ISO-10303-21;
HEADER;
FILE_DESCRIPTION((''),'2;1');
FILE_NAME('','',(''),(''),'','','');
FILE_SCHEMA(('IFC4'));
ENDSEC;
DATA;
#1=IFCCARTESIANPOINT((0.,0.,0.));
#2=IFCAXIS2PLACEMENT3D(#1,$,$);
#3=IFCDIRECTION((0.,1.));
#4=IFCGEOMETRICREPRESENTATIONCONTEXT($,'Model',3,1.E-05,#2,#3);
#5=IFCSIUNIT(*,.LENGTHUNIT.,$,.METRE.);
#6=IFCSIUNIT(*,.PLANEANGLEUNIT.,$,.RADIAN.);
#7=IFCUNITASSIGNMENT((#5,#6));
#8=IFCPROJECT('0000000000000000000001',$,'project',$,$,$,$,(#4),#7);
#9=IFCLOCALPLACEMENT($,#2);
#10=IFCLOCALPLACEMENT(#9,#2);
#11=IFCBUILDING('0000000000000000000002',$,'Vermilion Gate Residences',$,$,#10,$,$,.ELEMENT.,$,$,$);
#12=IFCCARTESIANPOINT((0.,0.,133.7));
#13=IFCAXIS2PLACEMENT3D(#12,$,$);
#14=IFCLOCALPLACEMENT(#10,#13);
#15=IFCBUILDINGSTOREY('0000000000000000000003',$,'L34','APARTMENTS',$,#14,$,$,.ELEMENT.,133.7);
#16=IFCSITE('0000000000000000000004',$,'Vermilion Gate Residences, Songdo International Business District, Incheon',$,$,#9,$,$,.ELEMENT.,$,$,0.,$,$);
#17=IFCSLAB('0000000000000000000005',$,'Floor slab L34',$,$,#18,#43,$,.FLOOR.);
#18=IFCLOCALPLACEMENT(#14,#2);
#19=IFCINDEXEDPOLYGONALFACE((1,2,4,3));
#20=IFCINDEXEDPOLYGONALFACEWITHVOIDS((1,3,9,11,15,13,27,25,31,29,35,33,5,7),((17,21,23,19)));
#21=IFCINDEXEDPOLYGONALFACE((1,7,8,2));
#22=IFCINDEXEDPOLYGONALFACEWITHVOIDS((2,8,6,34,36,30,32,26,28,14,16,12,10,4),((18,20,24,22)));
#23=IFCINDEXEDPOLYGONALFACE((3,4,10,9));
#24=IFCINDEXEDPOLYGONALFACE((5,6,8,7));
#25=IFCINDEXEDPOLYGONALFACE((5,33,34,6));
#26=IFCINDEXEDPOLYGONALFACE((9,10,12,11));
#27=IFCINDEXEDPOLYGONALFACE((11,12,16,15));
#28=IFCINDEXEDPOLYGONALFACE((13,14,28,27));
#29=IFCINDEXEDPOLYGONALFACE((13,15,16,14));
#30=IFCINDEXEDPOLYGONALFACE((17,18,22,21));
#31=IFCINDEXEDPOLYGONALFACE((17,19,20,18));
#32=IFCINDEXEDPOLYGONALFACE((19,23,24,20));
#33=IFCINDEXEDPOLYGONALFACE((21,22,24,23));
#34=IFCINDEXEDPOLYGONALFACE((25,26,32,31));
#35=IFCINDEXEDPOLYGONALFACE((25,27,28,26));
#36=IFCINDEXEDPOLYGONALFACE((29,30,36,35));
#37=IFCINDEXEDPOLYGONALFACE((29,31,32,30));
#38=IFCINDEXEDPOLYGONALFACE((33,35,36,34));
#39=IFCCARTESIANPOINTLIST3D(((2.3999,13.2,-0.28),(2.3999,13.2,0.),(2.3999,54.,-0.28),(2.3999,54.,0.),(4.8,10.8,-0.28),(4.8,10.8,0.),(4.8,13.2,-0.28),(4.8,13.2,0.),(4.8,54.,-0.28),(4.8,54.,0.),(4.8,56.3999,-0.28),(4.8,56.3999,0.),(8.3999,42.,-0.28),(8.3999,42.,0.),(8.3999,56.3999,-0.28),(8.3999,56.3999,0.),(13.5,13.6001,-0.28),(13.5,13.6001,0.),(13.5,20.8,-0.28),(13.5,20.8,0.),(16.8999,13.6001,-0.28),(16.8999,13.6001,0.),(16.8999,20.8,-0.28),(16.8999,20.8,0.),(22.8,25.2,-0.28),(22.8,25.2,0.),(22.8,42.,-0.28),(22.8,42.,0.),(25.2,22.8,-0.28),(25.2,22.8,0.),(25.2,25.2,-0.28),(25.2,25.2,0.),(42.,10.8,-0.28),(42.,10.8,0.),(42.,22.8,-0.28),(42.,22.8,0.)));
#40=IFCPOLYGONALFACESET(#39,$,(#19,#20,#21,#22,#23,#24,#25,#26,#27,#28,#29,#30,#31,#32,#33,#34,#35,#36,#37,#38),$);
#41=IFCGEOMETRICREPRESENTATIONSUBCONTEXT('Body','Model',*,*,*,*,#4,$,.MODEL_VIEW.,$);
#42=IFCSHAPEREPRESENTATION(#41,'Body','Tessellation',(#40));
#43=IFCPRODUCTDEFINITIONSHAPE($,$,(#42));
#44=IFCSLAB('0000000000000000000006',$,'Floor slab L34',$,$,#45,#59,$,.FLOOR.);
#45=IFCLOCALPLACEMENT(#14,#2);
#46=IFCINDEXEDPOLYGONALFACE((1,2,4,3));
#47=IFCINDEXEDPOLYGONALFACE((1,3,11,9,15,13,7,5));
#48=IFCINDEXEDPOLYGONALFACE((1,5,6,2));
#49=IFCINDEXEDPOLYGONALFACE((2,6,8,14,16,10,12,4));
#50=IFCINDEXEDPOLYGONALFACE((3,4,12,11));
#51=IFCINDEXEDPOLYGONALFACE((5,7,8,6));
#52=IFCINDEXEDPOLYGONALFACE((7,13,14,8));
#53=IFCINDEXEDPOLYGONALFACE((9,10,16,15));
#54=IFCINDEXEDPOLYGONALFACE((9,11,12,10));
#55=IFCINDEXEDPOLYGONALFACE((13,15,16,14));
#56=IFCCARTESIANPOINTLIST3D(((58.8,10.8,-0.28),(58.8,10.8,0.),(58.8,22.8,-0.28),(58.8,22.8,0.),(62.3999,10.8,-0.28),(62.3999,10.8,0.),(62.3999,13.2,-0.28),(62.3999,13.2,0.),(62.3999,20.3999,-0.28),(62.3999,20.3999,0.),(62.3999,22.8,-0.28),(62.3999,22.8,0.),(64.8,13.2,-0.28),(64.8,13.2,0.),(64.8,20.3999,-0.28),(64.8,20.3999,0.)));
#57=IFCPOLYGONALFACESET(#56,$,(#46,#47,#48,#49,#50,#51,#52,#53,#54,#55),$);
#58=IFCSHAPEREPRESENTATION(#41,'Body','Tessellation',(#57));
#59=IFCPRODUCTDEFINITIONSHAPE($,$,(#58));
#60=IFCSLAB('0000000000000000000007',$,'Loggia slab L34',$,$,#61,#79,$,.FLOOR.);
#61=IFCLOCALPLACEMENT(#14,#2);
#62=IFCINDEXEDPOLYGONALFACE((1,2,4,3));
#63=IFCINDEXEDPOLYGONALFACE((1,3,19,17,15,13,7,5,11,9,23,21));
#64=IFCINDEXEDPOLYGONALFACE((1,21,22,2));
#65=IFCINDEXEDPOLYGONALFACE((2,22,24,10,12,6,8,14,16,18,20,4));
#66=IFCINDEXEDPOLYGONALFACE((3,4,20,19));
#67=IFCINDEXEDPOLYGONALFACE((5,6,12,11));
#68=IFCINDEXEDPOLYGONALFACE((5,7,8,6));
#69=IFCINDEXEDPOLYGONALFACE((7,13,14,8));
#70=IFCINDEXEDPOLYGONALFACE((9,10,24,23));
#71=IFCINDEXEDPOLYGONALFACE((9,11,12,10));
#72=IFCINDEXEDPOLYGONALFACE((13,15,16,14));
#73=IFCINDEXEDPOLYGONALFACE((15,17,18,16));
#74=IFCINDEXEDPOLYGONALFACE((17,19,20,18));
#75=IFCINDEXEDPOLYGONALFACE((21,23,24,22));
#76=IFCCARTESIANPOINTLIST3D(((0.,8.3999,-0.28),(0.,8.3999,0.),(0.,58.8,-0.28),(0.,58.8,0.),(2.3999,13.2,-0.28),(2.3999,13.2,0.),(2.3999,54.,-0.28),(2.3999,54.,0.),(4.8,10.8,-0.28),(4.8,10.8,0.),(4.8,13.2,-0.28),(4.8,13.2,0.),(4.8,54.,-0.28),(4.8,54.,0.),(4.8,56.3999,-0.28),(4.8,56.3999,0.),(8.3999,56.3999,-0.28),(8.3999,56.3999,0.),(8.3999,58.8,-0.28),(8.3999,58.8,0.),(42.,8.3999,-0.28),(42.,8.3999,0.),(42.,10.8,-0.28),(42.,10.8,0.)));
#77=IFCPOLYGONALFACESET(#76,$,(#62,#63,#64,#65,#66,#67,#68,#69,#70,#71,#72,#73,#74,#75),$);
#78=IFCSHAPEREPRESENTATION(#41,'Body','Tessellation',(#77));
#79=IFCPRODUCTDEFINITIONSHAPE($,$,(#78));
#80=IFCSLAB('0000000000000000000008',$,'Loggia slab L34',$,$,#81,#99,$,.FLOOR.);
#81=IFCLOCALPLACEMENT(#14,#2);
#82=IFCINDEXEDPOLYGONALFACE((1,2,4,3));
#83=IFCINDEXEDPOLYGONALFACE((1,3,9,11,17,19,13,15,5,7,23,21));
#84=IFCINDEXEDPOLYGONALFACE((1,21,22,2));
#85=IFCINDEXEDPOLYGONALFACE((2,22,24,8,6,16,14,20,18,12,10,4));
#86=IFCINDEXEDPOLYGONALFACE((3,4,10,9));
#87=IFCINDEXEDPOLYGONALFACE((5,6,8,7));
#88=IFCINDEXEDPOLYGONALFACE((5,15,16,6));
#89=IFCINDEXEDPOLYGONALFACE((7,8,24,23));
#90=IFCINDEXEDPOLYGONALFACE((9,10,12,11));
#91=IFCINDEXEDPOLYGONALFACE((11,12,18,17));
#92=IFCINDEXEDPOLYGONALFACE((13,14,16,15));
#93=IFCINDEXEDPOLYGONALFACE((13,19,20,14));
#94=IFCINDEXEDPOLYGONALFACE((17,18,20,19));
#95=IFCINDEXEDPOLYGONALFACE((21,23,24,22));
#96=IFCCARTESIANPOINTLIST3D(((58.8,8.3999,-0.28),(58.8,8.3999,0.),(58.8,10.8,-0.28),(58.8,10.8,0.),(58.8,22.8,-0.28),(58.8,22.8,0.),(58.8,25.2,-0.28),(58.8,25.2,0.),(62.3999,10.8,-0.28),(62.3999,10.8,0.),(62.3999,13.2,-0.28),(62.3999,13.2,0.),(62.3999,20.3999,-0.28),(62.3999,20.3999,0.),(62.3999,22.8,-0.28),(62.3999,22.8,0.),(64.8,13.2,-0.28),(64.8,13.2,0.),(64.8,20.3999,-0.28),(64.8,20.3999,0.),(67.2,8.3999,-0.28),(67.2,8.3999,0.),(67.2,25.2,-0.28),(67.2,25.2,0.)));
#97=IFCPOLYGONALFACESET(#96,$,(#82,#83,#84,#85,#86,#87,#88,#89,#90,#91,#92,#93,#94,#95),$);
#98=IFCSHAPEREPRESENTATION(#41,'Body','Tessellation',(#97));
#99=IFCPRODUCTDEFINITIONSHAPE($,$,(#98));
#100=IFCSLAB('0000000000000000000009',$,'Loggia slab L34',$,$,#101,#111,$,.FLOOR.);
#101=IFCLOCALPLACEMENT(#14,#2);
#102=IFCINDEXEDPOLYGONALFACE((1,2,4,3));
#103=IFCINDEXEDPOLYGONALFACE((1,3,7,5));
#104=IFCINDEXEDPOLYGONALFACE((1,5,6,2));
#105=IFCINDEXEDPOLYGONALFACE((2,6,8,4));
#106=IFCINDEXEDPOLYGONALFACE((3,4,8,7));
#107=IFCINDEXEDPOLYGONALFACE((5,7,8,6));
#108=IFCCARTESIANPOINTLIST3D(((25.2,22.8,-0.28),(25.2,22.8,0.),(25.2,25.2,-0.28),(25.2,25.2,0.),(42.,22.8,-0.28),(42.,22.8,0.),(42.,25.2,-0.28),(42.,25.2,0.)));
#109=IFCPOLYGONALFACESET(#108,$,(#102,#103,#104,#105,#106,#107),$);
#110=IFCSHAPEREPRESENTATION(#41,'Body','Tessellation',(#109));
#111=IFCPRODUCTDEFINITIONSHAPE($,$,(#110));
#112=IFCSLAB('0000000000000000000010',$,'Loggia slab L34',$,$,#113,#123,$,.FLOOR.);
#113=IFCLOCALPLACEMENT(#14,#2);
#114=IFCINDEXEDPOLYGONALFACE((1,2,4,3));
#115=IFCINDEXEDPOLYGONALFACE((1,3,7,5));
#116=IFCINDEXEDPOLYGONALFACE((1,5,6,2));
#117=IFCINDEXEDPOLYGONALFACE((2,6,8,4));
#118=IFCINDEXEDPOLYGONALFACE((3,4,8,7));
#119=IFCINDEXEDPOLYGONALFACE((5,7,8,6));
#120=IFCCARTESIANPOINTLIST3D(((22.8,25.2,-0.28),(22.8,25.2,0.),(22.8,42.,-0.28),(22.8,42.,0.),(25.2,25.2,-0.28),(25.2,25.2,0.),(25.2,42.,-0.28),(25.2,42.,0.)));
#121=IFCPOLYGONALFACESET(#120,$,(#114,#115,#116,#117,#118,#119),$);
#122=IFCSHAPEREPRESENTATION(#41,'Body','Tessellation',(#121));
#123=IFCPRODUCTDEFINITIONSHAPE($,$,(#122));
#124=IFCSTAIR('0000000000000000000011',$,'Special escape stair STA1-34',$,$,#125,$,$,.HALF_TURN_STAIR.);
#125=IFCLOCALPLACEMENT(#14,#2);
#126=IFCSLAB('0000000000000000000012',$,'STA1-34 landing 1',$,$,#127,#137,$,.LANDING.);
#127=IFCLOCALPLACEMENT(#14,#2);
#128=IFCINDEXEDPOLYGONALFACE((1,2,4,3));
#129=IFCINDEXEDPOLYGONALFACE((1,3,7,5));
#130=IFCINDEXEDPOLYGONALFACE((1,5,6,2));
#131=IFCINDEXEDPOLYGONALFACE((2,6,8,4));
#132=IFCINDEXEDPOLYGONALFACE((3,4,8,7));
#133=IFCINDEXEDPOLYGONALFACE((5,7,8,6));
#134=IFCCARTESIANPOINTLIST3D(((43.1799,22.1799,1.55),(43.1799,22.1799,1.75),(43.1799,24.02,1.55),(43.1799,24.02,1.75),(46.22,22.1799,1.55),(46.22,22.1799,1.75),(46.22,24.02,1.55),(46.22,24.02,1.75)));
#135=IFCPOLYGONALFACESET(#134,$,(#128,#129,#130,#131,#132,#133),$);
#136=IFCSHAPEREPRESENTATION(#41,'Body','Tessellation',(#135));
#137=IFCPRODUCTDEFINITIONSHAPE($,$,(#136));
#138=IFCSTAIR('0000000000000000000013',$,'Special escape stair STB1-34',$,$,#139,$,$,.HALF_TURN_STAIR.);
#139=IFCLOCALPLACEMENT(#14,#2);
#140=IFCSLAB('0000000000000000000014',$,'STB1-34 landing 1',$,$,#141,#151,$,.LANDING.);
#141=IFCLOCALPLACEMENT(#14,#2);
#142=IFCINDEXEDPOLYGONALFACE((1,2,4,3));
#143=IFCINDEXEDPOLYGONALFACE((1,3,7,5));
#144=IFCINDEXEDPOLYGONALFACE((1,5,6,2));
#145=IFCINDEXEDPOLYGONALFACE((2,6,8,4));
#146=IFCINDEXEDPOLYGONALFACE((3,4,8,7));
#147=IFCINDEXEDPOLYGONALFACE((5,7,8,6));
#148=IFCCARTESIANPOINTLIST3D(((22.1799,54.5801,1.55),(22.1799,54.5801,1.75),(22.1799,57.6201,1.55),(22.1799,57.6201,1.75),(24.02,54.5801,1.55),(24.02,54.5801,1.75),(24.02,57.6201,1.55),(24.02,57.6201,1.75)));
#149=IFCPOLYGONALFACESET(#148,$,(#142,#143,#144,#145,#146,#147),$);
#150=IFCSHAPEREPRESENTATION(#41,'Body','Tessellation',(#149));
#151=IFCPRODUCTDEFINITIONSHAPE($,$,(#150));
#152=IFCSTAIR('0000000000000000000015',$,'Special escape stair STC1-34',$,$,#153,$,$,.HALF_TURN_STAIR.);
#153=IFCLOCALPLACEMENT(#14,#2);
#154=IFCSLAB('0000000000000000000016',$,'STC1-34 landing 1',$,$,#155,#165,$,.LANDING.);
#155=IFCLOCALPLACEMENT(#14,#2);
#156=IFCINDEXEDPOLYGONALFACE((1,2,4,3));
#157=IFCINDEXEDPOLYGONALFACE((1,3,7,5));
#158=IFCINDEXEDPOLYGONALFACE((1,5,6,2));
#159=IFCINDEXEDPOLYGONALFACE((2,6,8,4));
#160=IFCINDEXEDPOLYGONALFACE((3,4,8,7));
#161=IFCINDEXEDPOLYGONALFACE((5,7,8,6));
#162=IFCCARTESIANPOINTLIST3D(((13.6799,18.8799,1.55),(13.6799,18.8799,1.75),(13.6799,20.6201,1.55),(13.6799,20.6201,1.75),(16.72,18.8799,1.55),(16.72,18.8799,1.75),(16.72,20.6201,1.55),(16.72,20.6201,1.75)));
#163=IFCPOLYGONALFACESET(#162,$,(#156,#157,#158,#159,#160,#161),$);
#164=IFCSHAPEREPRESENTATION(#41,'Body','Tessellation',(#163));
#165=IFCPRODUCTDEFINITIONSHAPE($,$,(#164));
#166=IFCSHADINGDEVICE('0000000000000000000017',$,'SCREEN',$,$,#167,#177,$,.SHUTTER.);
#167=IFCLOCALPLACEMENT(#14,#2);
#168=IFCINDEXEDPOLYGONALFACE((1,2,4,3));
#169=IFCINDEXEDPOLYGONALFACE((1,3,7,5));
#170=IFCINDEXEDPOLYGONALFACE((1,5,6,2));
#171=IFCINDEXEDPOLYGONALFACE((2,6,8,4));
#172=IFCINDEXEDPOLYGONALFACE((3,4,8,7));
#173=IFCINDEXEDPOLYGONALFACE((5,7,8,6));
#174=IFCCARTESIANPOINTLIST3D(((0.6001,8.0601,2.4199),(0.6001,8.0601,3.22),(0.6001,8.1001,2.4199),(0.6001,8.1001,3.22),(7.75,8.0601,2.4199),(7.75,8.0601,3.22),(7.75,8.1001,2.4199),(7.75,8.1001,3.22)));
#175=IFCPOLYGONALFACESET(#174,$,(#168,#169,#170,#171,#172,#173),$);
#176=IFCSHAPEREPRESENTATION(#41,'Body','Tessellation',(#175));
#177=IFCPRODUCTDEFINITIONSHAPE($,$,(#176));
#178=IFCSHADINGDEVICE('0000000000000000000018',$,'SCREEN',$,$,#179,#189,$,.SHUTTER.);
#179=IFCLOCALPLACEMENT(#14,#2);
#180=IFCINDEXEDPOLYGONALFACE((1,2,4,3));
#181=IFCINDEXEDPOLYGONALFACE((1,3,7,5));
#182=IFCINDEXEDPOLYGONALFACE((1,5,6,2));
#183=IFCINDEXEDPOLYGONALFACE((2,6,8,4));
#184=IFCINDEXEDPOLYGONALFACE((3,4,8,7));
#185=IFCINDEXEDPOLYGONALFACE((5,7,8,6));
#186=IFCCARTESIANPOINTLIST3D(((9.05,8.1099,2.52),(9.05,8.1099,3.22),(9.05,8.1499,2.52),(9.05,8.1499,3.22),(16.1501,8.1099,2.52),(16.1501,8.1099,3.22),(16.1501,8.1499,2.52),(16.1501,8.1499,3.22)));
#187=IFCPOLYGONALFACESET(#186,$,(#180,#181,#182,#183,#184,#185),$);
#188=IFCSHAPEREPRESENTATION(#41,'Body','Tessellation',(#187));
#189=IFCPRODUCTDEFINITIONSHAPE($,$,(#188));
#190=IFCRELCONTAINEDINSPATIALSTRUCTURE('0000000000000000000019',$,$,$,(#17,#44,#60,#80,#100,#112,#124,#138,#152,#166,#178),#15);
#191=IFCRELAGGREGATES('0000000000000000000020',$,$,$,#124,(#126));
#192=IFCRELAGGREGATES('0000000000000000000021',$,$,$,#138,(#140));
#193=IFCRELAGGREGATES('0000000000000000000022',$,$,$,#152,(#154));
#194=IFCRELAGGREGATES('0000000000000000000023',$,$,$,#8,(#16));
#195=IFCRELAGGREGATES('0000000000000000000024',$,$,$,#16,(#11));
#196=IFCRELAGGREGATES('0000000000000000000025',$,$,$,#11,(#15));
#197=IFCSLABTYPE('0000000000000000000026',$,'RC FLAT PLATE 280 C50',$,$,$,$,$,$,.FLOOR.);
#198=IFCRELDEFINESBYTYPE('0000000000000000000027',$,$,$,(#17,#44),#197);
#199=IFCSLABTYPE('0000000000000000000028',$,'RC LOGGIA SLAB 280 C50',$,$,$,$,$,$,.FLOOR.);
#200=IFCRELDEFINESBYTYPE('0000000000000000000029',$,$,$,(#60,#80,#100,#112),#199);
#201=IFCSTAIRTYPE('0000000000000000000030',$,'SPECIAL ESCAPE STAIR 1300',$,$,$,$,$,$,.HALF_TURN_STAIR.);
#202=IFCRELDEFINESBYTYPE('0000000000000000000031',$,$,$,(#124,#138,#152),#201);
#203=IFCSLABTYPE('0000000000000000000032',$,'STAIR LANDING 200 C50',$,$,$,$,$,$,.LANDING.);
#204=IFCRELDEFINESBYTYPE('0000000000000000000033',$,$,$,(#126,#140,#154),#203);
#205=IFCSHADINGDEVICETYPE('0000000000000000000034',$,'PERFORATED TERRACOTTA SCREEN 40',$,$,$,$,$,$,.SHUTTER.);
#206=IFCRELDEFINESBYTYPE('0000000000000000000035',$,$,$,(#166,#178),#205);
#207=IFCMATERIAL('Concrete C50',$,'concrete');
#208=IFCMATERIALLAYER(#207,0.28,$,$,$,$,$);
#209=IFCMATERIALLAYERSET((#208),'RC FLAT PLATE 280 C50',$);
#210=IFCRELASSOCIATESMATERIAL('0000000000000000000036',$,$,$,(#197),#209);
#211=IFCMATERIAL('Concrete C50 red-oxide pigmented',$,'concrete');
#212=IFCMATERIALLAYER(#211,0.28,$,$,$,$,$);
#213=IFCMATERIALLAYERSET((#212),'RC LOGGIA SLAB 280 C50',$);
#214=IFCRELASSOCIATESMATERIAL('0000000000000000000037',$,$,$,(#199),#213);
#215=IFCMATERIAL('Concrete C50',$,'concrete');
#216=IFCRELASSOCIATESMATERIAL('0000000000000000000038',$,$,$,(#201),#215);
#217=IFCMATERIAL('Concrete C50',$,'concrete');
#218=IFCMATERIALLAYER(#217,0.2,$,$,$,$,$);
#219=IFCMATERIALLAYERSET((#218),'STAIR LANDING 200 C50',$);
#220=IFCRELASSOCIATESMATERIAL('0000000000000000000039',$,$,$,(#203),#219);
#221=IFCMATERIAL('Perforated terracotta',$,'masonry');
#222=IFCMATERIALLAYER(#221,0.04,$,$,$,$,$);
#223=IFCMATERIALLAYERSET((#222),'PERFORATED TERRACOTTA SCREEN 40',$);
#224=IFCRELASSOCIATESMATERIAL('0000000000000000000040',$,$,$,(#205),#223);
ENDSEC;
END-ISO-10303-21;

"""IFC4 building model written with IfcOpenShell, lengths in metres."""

from ifc_helpers import new_model, si_unit, direction, frame, origin, origin_2d, place, context, subcontext, project, spatial, polyline, rectangle, outline, extrude, material, layer, layer_set, type_object, element, aggregate, save


model = new_model("IFC4")

# Units and contexts
model_context = context("Model", 3, precision=1e-05, world=origin(), true_north=direction((0.0, 1.0)))
body_context = subcontext(model_context, "Body", "Model", "MODEL_VIEW")
ifc_project = project(units=[si_unit("LENGTHUNIT", "METRE"), si_unit("PLANEANGLEUNIT", "RADIAN")], contexts=[model_context])

# Site, building, storey
site_placement = place(None, origin())
site = spatial("IfcSite", under=ifc_project, at=site_placement, Name="Vermilion Gate Residences, Songdo International Business District, Incheon", CompositionType="ELEMENT", RefElevation=0.0)
building_placement = place(site_placement, origin())
building = spatial("IfcBuilding", under=site, at=building_placement, Name="Vermilion Gate Residences", CompositionType="ELEMENT")
storey_placement = place(building_placement, frame((0.0, 0.0, 133.7)))
storey = spatial("IfcBuildingStorey", under=building, at=storey_placement, Name="L34", Description="APARTMENTS", CompositionType="ELEMENT", Elevation=133.7)

# Slabs
ifc_material_1 = material(Name="Concrete C50", Category="concrete")
ifc_layer_1 = layer(ifc_material_1, 0.28)
ifc_layer_set_1 = layer_set([ifc_layer_1], Name="RC FLAT PLATE 280 C50")
slab_type_1 = type_object("IfcSlabType", Name="RC FLAT PLATE 280 C50", PredefinedType="FLOOR", material=ifc_layer_set_1)
slab_1_placement = place(storey_placement, frame((0.0, 0.0, -0.28)))
element("IfcSlab", 1, at=slab_1_placement, inside=storey, type_object=slab_type_1, Name="Floor slab L34", PredefinedType="FLOOR", context=body_context, shape_type="SweptSolid", body=[
    extrude(outline(polyline([(22.8, 25.2), (22.8, 42.0), (8.3999, 42.0), (8.3999, 56.3999), (4.8, 56.3999), (4.8, 54.0), (2.3999, 54.0), (2.3999, 13.2), (4.8, 13.2), (4.8, 10.8), (42.0, 10.8), (42.0, 22.8), (25.2, 22.8), (25.2, 25.2), (22.8, 25.2)]), holes=[polyline([(13.5, 13.6001), (13.5, 20.8), (16.8999, 20.8), (16.8999, 13.6001), (13.5, 13.6001)])]), origin(), (0.0, 0.0, 1.0), 0.28),
])
slab_2_placement = place(storey_placement, frame((0.0, 0.0, -0.28)))
element("IfcSlab", 2, at=slab_2_placement, inside=storey, type_object=slab_type_1, Name="Floor slab L34", PredefinedType="FLOOR", context=body_context, shape_type="SweptSolid", body=[
    extrude(outline(polyline([(58.8, 22.8), (58.8, 10.8), (62.3999, 10.8), (62.3999, 13.2), (64.8, 13.2), (64.8, 20.3999), (62.3999, 20.3999), (62.3999, 22.8), (58.8, 22.8)])), origin(), (0.0, 0.0, 1.0), 0.28),
])
ifc_material_2 = material(Name="Concrete C50 red-oxide pigmented", Category="concrete")
ifc_layer_2 = layer(ifc_material_2, 0.28)
ifc_layer_set_2 = layer_set([ifc_layer_2], Name="RC LOGGIA SLAB 280 C50")
slab_type_2 = type_object("IfcSlabType", Name="RC LOGGIA SLAB 280 C50", PredefinedType="FLOOR", material=ifc_layer_set_2)
slab_3_placement = place(storey_placement, frame((0.0, 0.0, -0.28)))
element("IfcSlab", 3, at=slab_3_placement, inside=storey, type_object=slab_type_2, Name="Loggia slab L34", PredefinedType="FLOOR", context=body_context, shape_type="SweptSolid", body=[
    extrude(outline(polyline([(0.0, 58.8), (0.0, 8.3999), (42.0, 8.3999), (42.0, 10.8), (4.8, 10.8), (4.8, 13.2), (2.3999, 13.2), (2.3999, 54.0), (4.8, 54.0), (4.8, 56.3999), (8.3999, 56.3999), (8.3999, 58.8), (0.0, 58.8)])), origin(), (0.0, 0.0, 1.0), 0.28),
])
slab_4_placement = place(storey_placement, frame((0.0, 0.0, -0.28)))
element("IfcSlab", 4, at=slab_4_placement, inside=storey, type_object=slab_type_2, Name="Loggia slab L34", PredefinedType="FLOOR", context=body_context, shape_type="SweptSolid", body=[
    extrude(outline(polyline([(64.8, 20.3999), (64.8, 13.2), (62.3999, 13.2), (62.3999, 10.8), (58.8, 10.8), (58.8, 8.3999), (67.2, 8.3999), (67.2, 25.2), (58.8, 25.2), (58.8, 22.8), (62.3999, 22.8), (62.3999, 20.3999), (64.8, 20.3999)])), origin(), (0.0, 0.0, 1.0), 0.28),
])
slab_5_placement = place(storey_placement, frame((0.0, 0.0, -0.28)))
element("IfcSlab", 5, at=slab_5_placement, inside=storey, type_object=slab_type_2, Name="Loggia slab L34", PredefinedType="FLOOR", context=body_context, shape_type="SweptSolid", body=[
    extrude(outline(polyline([(25.2, 22.8), (42.0, 22.8), (42.0, 25.2), (25.2, 25.2), (25.2, 22.8)])), origin(), (0.0, 0.0, 1.0), 0.28),
])
slab_6_placement = place(storey_placement, frame((0.0, 0.0, -0.28)))
element("IfcSlab", 6, at=slab_6_placement, inside=storey, type_object=slab_type_2, Name="Loggia slab L34", PredefinedType="FLOOR", context=body_context, shape_type="SweptSolid", body=[
    extrude(outline(polyline([(25.2, 25.2), (25.2, 42.0), (22.8, 42.0), (22.8, 25.2), (25.2, 25.2)])), origin(), (0.0, 0.0, 1.0), 0.28),
])

# Stairs, slabs
ifc_material_3 = material(Name="Concrete C50", Category="concrete")
stair_type = type_object("IfcStairType", Name="SPECIAL ESCAPE STAIR 1300", PredefinedType="HALF_TURN_STAIR", material=ifc_material_3)
stair_1_placement = place(storey_placement, origin())
stair_1 = element("IfcStair", 7, at=stair_1_placement, inside=storey, type_object=stair_type, Name="Special escape stair STA1-34", PredefinedType="HALF_TURN_STAIR")
ifc_material_4 = material(Name="Concrete C50", Category="concrete")
ifc_layer_3 = layer(ifc_material_4, 0.2)
ifc_layer_set_3 = layer_set([ifc_layer_3], Name="STAIR LANDING 200 C50")
slab_type_3 = type_object("IfcSlabType", Name="STAIR LANDING 200 C50", PredefinedType="LANDING", material=ifc_layer_set_3)
slab_7_placement = place(storey_placement, frame((0.0, 0.0, 1.55)))
slab_7 = element("IfcSlab", 8, at=slab_7_placement, type_object=slab_type_3, Name="STA1-34 landing 1", PredefinedType="LANDING", context=body_context, shape_type="SweptSolid", body=[
    extrude(outline(polyline([(46.22, 22.1799), (46.22, 24.02), (43.1799, 24.02), (43.1799, 22.1799), (46.22, 22.1799)])), origin(), (0.0, 0.0, 1.0), 0.2),
])
aggregate(stair_1, [slab_7])
stair_2_placement = place(storey_placement, origin())
stair_2 = element("IfcStair", 9, at=stair_2_placement, inside=storey, type_object=stair_type, Name="Special escape stair STB1-34", PredefinedType="HALF_TURN_STAIR")
slab_8_placement = place(storey_placement, frame((0.0, 0.0, 1.55)))
slab_8 = element("IfcSlab", 10, at=slab_8_placement, type_object=slab_type_3, Name="STB1-34 landing 1", PredefinedType="LANDING", context=body_context, shape_type="SweptSolid", body=[
    extrude(outline(polyline([(24.02, 54.5801), (24.02, 57.6201), (22.1799, 57.6201), (22.1799, 54.5801), (24.02, 54.5801)])), origin(), (0.0, 0.0, 1.0), 0.2),
])
aggregate(stair_2, [slab_8])
stair_3_placement = place(storey_placement, origin())
stair_3 = element("IfcStair", 11, at=stair_3_placement, inside=storey, type_object=stair_type, Name="Special escape stair STC1-34", PredefinedType="HALF_TURN_STAIR")
slab_9_placement = place(storey_placement, frame((0.0, 0.0, 1.55)))
slab_9 = element("IfcSlab", 12, at=slab_9_placement, type_object=slab_type_3, Name="STC1-34 landing 1", PredefinedType="LANDING", context=body_context, shape_type="SweptSolid", body=[
    extrude(outline(polyline([(16.72, 18.8799), (16.72, 20.6201), (13.6799, 20.6201), (13.6799, 18.8799), (16.72, 18.8799)])), origin(), (0.0, 0.0, 1.0), 0.2),
])
aggregate(stair_3, [slab_9])

# Shading devices
ifc_material_5 = material(Name="Perforated terracotta", Category="masonry")
ifc_layer_4 = layer(ifc_material_5, 0.04)
ifc_layer_set_4 = layer_set([ifc_layer_4], Name="PERFORATED TERRACOTTA SCREEN 40")
shading_device_type_1 = type_object("IfcShadingDeviceType", Name="PERFORATED TERRACOTTA SCREEN 40", PredefinedType="SHUTTER", material=ifc_layer_set_4)
shading_device_1_placement = place(storey_placement, frame((4.175, 8.0801, 2.4199), z_axis=(0.0, 0.0, 1.0), x_axis=(1.0, 0.0, 0.0)))
element("IfcShadingDevice", 13, at=shading_device_1_placement, inside=storey, type_object=shading_device_type_1, Name="SCREEN", PredefinedType="SHUTTER", context=body_context, shape_type="SweptSolid", body=[
    extrude(rectangle(XDim=7.1499, YDim=0.04, at=origin_2d()), origin(), (0.0, 0.0, 1.0), 0.8),
])
shading_device_2_placement = place(storey_placement, frame((12.6001, 8.1299, 2.52), z_axis=(0.0, 0.0, 1.0), x_axis=(1.0, 0.0, 0.0)))
element("IfcShadingDevice", 14, at=shading_device_2_placement, inside=storey, type_object=shading_device_type_1, Name="SCREEN", PredefinedType="SHUTTER", context=body_context, shape_type="SweptSolid", body=[
    extrude(rectangle(XDim=7.1001, YDim=0.04, at=origin_2d()), origin(), (0.0, 0.0, 1.0), 0.7),
])

save(model, "model.ifc")
